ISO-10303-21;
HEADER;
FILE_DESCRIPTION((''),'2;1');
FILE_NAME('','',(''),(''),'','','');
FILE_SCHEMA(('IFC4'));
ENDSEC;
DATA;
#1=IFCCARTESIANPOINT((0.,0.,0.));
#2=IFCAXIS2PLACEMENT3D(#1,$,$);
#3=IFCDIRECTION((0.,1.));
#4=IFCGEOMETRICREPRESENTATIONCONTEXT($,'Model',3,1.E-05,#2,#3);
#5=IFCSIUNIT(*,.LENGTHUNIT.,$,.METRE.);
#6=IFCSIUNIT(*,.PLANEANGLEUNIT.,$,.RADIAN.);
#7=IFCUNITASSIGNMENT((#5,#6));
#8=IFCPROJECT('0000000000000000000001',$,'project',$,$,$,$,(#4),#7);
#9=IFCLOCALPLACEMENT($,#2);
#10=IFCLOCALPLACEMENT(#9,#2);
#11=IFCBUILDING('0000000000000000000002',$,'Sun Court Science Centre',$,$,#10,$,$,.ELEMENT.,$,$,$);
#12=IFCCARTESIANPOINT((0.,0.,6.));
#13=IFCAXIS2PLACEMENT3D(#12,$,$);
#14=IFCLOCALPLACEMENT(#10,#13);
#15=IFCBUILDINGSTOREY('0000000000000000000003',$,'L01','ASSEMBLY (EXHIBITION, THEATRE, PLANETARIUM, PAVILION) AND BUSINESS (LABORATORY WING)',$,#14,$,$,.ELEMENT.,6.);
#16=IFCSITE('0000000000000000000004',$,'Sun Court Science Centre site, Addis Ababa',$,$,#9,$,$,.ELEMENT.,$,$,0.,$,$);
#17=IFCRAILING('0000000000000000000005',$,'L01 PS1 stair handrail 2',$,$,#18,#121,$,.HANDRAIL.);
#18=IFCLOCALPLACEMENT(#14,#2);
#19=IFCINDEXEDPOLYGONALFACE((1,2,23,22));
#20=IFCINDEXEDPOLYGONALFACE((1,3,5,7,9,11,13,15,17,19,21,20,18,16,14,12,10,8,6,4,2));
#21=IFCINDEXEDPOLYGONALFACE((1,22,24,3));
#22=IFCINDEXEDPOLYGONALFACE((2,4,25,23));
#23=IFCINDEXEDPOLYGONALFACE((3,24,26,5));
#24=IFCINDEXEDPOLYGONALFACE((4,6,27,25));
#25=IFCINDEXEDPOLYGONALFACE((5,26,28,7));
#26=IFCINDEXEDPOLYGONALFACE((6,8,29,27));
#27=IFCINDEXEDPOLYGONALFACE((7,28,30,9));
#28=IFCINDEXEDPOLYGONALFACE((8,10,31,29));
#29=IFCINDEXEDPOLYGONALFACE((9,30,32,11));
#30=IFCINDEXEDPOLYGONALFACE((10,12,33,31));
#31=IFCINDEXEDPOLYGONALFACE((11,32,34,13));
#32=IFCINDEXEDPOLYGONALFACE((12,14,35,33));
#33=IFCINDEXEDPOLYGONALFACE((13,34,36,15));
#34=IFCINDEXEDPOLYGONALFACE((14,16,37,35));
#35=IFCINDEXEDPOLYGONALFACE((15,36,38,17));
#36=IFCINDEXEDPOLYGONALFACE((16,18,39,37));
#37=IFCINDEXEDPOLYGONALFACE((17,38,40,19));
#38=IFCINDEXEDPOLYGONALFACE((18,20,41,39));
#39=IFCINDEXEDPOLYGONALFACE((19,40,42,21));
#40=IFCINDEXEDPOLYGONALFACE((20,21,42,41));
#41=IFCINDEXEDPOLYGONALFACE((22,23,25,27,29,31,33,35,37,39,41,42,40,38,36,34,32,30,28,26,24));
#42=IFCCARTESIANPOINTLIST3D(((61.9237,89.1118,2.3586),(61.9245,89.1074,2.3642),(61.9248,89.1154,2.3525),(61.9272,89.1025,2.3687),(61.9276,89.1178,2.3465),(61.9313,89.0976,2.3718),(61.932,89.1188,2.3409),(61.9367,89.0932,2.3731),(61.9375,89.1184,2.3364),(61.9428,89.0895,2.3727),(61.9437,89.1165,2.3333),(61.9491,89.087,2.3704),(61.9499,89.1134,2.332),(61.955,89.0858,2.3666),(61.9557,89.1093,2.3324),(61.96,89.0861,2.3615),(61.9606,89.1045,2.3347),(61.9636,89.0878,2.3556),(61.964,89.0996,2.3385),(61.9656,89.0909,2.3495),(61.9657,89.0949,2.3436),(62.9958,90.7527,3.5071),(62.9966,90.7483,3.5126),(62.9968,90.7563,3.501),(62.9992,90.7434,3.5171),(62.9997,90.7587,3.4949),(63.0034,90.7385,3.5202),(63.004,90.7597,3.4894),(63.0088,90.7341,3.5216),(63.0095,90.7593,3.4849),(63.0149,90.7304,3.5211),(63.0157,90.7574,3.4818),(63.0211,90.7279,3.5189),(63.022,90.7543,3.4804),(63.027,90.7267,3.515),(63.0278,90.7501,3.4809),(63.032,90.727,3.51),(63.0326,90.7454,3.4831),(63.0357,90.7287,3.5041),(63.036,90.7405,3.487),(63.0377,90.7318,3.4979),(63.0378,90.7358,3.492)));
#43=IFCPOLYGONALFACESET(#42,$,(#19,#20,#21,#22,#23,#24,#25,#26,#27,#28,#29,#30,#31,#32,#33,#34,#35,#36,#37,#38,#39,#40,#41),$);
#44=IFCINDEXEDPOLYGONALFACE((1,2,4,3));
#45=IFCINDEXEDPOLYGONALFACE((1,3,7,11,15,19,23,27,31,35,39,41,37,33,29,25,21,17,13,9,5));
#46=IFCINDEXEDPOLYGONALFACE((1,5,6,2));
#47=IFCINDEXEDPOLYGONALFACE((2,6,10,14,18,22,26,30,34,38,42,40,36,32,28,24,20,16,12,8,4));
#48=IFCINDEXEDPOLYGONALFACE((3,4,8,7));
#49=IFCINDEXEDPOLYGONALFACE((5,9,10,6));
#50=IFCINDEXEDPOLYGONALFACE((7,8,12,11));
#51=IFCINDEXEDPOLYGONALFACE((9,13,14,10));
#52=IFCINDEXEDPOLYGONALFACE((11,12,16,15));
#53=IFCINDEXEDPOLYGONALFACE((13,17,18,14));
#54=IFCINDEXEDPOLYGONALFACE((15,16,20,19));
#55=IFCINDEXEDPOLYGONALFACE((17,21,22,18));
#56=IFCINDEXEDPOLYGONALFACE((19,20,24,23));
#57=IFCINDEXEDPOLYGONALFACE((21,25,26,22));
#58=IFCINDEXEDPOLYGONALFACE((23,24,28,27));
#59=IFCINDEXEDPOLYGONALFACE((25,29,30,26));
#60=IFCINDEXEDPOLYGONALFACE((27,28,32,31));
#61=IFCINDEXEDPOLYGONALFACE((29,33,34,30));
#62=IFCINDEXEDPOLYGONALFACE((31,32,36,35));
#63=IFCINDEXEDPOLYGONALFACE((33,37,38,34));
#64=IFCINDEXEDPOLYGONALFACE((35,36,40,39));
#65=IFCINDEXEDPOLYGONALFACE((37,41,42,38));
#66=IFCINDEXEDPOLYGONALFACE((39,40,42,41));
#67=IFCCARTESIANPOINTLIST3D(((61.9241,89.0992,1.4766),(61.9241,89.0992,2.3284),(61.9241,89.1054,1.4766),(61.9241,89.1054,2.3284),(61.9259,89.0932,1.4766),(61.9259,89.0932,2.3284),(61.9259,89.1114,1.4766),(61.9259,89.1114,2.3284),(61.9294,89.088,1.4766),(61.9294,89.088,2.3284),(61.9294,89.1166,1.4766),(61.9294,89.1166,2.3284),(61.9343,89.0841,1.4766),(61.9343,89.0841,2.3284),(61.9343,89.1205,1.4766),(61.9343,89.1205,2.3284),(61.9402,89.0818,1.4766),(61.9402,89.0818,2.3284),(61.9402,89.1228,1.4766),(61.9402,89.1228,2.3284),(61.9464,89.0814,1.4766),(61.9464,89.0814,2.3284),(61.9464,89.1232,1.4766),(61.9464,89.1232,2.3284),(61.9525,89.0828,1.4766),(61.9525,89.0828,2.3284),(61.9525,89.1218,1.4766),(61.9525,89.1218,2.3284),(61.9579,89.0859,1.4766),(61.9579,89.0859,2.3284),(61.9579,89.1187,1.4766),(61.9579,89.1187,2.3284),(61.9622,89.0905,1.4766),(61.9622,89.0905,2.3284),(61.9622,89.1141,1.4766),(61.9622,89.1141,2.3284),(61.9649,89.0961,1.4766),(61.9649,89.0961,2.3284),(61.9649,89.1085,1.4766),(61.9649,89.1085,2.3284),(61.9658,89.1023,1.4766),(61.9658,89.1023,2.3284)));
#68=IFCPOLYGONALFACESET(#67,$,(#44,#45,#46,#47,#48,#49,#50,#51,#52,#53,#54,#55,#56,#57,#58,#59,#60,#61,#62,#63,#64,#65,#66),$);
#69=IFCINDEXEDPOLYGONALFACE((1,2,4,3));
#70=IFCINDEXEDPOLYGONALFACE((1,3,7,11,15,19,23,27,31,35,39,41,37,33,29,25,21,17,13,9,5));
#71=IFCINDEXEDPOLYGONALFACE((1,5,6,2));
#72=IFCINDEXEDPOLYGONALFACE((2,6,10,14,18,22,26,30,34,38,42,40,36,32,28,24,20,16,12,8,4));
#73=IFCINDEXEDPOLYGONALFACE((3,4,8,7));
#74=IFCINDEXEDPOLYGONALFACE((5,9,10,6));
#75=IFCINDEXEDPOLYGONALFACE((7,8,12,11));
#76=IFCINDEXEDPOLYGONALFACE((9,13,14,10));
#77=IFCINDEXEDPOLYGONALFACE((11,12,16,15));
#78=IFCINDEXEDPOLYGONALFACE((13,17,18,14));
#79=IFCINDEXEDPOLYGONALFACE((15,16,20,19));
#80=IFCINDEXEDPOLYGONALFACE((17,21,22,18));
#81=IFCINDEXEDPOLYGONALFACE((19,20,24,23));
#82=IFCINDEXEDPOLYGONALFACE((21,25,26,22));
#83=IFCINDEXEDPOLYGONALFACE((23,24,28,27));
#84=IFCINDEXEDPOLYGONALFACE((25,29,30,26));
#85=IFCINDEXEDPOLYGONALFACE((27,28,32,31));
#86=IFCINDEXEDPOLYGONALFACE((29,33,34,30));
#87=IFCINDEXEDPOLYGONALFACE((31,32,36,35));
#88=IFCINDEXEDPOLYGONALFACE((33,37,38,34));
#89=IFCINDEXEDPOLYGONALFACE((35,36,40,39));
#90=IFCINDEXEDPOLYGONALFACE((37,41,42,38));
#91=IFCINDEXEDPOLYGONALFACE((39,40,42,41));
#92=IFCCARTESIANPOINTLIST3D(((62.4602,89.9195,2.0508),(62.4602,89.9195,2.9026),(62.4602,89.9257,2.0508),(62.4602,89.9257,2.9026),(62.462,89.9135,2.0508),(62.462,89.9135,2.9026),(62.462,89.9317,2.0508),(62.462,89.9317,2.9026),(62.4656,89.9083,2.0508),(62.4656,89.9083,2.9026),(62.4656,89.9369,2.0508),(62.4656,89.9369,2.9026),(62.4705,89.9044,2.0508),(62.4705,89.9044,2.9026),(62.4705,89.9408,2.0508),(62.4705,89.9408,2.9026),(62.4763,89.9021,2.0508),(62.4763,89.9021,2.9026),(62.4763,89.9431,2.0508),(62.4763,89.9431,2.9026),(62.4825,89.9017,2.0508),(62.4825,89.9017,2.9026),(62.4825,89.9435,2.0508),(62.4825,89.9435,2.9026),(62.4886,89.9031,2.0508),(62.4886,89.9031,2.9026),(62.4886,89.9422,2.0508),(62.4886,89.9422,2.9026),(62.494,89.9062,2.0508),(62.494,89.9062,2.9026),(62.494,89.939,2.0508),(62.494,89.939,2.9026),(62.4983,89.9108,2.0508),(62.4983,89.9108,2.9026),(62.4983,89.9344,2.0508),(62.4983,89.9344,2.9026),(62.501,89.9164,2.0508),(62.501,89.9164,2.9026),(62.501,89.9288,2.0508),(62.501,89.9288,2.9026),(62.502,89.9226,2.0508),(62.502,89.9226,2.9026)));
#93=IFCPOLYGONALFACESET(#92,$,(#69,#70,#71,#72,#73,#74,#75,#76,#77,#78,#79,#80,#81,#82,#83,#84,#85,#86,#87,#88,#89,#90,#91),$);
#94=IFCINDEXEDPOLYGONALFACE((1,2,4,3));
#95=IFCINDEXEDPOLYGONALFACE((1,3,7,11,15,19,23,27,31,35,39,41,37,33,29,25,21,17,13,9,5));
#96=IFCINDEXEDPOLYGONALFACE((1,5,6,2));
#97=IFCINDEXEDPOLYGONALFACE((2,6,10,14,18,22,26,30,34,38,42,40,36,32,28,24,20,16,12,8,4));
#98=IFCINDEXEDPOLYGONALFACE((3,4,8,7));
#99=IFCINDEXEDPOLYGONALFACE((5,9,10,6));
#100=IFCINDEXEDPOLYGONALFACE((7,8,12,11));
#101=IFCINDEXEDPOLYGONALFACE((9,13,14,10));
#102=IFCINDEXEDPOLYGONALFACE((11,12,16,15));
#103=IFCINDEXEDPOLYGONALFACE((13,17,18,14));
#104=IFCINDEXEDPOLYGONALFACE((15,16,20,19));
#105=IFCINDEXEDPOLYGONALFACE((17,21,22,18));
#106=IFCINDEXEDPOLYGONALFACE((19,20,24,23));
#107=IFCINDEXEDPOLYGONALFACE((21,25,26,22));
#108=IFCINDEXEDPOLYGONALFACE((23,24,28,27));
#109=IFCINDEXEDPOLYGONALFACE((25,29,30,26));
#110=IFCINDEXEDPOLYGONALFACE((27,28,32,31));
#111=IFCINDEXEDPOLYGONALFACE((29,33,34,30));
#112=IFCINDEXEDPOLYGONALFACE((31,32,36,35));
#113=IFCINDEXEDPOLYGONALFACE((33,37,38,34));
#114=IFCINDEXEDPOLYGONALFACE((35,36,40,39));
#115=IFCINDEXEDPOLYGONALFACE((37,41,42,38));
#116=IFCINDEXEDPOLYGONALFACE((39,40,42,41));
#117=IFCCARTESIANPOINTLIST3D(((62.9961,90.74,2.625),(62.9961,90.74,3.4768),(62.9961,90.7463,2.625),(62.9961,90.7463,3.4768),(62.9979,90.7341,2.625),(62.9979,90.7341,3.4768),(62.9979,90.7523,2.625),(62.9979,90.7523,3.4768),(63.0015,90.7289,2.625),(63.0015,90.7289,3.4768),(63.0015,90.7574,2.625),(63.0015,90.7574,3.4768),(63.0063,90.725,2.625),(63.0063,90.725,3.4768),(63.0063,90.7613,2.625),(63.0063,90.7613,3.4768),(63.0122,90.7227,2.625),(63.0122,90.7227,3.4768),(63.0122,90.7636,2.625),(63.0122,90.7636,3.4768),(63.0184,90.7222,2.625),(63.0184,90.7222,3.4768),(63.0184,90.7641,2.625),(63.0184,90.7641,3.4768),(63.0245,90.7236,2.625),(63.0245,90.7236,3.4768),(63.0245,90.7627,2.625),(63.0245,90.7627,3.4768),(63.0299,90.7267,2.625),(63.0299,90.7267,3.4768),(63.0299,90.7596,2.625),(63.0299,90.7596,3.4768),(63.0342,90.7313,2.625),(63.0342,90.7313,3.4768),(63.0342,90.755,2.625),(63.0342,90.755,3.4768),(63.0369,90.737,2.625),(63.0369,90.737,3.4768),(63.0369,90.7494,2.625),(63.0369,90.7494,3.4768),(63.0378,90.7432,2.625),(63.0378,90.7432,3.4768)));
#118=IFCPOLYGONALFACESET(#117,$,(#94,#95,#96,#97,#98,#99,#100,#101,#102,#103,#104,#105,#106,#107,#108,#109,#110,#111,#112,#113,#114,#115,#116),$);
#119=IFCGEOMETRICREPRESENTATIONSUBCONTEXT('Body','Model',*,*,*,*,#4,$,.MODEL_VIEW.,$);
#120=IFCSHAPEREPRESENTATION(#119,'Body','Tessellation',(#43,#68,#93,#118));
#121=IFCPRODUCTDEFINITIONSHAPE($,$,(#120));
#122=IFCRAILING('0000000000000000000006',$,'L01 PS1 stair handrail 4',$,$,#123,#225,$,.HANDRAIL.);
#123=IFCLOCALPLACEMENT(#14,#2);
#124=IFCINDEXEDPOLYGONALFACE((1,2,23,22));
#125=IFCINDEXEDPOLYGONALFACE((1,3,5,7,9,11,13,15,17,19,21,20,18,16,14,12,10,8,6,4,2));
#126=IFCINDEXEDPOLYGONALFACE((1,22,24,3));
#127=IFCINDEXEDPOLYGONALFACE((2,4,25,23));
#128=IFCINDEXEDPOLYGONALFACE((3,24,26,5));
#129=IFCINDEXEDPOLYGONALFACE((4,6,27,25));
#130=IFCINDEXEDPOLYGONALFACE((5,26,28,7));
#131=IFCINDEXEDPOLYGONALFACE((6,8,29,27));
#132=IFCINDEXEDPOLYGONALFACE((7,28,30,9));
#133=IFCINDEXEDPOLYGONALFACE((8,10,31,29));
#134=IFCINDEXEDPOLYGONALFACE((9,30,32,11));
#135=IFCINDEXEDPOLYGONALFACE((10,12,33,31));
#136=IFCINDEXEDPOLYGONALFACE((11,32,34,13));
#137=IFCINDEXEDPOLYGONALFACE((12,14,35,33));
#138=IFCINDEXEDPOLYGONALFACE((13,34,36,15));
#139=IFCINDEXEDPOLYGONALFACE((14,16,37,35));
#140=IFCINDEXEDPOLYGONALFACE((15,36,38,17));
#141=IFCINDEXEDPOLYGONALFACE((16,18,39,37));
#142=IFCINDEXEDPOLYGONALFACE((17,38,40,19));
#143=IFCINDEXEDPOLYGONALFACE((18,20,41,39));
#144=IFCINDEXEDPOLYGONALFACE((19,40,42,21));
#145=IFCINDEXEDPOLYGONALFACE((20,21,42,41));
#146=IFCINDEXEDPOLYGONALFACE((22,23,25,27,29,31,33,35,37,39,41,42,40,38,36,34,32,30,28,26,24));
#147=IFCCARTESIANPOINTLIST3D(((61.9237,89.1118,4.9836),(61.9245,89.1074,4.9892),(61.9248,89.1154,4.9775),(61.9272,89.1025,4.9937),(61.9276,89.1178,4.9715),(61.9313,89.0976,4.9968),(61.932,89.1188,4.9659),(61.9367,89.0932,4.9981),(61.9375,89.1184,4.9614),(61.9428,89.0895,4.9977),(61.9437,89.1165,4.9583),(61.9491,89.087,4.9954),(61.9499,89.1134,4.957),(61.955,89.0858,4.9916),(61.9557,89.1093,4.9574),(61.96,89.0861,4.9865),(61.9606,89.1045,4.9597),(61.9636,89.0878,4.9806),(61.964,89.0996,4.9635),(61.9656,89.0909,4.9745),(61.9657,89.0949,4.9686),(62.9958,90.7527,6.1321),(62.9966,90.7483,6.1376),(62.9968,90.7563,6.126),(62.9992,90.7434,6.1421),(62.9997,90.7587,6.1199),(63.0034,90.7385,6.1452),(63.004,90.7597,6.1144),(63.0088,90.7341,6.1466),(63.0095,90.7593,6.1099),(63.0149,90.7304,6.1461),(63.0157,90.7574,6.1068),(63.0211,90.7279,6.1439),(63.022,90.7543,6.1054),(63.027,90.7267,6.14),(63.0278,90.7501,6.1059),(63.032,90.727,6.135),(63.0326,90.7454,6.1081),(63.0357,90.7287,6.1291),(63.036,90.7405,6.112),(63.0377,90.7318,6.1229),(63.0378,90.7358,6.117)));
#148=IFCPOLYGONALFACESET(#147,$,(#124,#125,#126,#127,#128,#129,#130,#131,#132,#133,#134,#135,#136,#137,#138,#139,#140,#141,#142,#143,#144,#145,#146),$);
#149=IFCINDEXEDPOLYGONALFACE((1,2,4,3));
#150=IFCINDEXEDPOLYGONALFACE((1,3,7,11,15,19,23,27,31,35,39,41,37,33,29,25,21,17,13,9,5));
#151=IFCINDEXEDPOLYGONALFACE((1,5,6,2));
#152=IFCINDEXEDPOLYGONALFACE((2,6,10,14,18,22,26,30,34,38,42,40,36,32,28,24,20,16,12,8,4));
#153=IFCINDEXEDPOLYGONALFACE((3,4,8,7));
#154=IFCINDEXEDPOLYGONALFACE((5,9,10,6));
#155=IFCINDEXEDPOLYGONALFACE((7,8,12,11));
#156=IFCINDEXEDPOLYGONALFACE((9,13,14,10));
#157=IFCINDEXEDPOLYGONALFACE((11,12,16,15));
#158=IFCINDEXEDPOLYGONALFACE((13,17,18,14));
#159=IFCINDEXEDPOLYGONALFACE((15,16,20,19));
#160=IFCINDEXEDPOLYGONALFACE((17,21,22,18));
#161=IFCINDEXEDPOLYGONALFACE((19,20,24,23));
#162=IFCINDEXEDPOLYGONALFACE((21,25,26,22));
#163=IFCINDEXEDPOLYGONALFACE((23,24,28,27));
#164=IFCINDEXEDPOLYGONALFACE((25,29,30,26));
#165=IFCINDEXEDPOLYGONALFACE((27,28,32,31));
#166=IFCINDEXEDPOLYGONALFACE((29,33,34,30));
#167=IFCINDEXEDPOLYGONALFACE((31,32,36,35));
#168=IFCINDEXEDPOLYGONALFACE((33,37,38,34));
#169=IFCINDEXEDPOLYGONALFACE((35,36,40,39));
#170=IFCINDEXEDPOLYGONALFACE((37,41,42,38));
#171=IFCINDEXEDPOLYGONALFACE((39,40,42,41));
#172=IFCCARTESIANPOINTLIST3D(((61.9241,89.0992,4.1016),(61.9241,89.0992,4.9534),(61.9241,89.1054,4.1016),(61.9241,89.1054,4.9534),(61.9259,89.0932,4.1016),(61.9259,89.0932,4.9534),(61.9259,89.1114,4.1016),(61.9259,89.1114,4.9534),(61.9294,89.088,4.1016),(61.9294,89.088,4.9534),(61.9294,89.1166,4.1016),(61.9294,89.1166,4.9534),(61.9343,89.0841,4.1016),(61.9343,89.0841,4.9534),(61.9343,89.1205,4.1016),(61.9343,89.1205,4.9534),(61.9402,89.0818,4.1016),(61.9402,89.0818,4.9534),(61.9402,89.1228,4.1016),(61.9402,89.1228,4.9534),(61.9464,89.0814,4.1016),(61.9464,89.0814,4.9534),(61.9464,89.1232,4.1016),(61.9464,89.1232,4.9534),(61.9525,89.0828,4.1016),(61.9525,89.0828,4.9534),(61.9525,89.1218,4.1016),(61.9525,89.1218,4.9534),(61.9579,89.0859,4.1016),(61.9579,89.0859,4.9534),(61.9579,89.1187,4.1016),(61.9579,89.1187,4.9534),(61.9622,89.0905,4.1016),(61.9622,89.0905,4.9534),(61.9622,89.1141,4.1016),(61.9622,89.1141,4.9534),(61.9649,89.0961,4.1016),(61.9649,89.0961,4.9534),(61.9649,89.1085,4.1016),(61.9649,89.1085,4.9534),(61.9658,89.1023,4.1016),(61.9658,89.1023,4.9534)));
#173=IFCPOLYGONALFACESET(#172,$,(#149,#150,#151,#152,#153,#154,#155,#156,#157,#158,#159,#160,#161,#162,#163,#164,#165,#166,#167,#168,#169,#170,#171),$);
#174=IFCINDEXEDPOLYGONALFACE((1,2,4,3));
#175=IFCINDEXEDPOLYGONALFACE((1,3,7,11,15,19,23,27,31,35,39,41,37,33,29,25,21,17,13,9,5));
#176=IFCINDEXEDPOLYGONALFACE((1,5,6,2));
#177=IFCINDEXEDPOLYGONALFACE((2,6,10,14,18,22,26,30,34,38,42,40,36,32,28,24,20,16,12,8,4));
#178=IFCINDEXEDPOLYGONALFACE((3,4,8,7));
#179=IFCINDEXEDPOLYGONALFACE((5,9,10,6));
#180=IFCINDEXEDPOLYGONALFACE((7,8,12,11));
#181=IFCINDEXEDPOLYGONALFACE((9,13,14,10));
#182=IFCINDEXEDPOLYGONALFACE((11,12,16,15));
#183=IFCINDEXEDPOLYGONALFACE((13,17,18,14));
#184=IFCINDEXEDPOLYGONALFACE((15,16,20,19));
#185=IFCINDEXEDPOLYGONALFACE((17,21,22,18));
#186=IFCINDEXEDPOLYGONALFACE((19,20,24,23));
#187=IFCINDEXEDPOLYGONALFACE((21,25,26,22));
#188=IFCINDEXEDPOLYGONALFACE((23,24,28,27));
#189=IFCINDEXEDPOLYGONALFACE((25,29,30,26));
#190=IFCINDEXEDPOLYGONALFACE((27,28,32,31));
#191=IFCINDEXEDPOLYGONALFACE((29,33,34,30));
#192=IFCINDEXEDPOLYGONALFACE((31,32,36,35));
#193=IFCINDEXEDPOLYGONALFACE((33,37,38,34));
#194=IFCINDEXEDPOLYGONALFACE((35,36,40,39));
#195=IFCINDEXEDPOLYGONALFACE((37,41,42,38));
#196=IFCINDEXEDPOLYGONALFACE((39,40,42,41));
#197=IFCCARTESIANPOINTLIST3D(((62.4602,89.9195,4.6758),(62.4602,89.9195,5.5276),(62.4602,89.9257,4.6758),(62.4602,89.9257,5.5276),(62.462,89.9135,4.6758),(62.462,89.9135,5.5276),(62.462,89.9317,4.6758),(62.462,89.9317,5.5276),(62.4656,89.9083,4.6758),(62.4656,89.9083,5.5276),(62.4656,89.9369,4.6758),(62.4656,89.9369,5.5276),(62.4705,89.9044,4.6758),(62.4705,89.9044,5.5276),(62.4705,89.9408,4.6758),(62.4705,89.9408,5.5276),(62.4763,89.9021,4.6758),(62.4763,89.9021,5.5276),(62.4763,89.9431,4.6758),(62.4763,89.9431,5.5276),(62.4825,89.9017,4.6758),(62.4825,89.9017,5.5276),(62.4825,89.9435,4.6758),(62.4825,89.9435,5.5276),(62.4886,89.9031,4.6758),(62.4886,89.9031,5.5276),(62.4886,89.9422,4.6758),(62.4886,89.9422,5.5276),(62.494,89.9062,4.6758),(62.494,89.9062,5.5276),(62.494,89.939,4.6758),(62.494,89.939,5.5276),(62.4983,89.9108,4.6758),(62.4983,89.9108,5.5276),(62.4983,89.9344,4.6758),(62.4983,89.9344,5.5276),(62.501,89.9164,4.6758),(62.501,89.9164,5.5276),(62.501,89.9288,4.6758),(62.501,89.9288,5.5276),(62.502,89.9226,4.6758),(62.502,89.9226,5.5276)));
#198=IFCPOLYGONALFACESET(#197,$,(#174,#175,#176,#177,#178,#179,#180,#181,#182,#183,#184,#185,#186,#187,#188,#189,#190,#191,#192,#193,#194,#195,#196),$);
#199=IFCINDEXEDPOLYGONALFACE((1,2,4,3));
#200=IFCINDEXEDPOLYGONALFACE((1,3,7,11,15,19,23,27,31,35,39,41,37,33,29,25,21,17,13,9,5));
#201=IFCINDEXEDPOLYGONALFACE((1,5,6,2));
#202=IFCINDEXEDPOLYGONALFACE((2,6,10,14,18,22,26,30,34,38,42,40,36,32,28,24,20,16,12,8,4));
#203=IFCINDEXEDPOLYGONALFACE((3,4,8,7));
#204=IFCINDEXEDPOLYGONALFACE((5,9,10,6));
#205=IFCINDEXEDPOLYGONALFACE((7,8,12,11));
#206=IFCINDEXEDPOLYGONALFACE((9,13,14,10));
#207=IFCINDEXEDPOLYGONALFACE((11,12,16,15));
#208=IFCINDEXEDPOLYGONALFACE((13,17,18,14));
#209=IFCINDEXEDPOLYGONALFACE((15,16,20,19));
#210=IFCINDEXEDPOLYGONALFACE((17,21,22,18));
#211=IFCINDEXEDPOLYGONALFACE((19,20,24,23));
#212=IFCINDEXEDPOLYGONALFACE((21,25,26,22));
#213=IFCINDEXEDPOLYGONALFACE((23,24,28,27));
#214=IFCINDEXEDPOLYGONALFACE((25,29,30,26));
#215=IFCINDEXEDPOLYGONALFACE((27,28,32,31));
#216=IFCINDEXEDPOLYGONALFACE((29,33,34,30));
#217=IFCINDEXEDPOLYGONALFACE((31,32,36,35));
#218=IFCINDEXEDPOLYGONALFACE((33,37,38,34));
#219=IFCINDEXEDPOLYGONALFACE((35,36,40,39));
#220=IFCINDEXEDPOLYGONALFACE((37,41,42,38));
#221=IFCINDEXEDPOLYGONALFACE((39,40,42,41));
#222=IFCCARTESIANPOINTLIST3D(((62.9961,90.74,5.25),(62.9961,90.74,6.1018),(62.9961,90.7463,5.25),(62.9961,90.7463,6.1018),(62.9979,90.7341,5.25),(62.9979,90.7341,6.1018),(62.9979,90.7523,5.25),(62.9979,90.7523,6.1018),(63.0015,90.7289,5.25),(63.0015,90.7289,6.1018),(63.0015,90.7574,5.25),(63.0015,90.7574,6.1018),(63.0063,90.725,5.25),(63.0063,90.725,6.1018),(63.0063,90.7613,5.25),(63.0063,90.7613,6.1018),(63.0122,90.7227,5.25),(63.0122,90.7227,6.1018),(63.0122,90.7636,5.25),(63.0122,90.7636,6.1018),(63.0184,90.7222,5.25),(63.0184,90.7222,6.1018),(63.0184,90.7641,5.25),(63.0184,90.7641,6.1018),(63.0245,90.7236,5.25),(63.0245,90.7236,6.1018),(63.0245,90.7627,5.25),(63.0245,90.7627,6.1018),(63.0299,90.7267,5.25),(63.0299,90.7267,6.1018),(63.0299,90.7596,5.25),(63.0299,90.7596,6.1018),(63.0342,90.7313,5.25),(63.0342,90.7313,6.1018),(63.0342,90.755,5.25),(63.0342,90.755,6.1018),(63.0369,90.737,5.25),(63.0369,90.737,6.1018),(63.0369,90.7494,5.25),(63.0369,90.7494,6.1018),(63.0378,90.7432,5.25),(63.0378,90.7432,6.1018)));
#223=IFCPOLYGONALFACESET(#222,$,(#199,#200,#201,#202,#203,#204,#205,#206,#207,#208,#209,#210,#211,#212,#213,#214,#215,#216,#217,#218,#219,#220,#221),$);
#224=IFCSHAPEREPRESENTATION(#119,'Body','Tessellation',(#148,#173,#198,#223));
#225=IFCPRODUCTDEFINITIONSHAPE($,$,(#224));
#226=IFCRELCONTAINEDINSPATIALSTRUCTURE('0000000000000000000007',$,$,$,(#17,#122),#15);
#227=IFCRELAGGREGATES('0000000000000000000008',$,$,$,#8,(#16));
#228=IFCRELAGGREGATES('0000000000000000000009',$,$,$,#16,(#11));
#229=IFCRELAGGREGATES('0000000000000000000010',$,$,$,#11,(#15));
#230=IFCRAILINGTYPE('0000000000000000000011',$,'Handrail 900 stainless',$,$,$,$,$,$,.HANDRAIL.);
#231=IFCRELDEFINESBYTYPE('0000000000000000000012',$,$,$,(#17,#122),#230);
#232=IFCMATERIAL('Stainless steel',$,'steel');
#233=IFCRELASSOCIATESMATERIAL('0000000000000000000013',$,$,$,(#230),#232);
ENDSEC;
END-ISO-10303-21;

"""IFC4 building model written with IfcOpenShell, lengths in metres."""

from ifc_helpers import new_model, si_unit, direction, frame, origin, origin_2d, place, context, subcontext, project, spatial, circle, extrude, material, type_object, element, save


model = new_model("IFC4")

# Units and contexts
model_context = context("Model", 3, precision=1e-05, world=origin(), true_north=direction((0.0, 1.0)))
body_context = subcontext(model_context, "Body", "Model", "MODEL_VIEW")
ifc_project = project(units=[si_unit("LENGTHUNIT", "METRE"), si_unit("PLANEANGLEUNIT", "RADIAN")], contexts=[model_context])

# Site, building, storey
site_placement = place(None, origin())
site = spatial("IfcSite", under=ifc_project, at=site_placement, Name="Sun Court Science Centre site, Addis Ababa", CompositionType="ELEMENT", RefElevation=0.0)
building_placement = place(site_placement, origin())
building = spatial("IfcBuilding", under=site, at=building_placement, Name="Sun Court Science Centre", CompositionType="ELEMENT")
storey_placement = place(building_placement, frame((0.0, 0.0, 6.0)))
storey = spatial("IfcBuildingStorey", under=building, at=storey_placement, Name="L01", Description="ASSEMBLY (EXHIBITION, THEATRE, PLANETARIUM, PAVILION) AND BUSINESS (LABORATORY WING)", CompositionType="ELEMENT", Elevation=6.0)

# Railings
ifc_material_1 = material(Name="Stainless steel", Category="steel")
railing_type_1 = type_object("IfcRailingType", Name="Handrail 900 stainless", PredefinedType="HANDRAIL", material=ifc_material_1)
for number, where, name in (
    (1, (61.9448, 89.1023, 1.4766), "L01 PS1 stair handrail 2"),
    (2, (61.9448, 89.1023, 4.1016), "L01 PS1 stair handrail 4"),
):
    element("IfcRailing", number, at=place(storey_placement, frame(where)), inside=storey, type_object=railing_type_1, Name=name, PredefinedType="HANDRAIL", context=body_context, shape_type="SweptSolid", body=[
        extrude(circle(Radius=0.0239, at=origin_2d()), frame((0.0, 0.0, 0.876), z_axis=(0.471904, 0.722311, 0.505543), x_axis=(-0.837169, 0.546944, 0.0)), (0.0, 0.0, 1.0), 2.2717),
        extrude(circle(Radius=0.021, at=origin_2d()), origin(), (0.0, 0.0, 1.0), 0.8518),
        extrude(circle(Radius=0.021, at=origin_2d()), frame((0.5361, 0.8203, 0.5742)), (0.0, 0.0, 1.0), 0.8518),
        extrude(circle(Radius=0.021, at=origin_2d()), frame((1.072, 1.6409, 1.1484)), (0.0, 0.0, 1.0), 0.8518),
    ])

save(model, "model.ifc")
